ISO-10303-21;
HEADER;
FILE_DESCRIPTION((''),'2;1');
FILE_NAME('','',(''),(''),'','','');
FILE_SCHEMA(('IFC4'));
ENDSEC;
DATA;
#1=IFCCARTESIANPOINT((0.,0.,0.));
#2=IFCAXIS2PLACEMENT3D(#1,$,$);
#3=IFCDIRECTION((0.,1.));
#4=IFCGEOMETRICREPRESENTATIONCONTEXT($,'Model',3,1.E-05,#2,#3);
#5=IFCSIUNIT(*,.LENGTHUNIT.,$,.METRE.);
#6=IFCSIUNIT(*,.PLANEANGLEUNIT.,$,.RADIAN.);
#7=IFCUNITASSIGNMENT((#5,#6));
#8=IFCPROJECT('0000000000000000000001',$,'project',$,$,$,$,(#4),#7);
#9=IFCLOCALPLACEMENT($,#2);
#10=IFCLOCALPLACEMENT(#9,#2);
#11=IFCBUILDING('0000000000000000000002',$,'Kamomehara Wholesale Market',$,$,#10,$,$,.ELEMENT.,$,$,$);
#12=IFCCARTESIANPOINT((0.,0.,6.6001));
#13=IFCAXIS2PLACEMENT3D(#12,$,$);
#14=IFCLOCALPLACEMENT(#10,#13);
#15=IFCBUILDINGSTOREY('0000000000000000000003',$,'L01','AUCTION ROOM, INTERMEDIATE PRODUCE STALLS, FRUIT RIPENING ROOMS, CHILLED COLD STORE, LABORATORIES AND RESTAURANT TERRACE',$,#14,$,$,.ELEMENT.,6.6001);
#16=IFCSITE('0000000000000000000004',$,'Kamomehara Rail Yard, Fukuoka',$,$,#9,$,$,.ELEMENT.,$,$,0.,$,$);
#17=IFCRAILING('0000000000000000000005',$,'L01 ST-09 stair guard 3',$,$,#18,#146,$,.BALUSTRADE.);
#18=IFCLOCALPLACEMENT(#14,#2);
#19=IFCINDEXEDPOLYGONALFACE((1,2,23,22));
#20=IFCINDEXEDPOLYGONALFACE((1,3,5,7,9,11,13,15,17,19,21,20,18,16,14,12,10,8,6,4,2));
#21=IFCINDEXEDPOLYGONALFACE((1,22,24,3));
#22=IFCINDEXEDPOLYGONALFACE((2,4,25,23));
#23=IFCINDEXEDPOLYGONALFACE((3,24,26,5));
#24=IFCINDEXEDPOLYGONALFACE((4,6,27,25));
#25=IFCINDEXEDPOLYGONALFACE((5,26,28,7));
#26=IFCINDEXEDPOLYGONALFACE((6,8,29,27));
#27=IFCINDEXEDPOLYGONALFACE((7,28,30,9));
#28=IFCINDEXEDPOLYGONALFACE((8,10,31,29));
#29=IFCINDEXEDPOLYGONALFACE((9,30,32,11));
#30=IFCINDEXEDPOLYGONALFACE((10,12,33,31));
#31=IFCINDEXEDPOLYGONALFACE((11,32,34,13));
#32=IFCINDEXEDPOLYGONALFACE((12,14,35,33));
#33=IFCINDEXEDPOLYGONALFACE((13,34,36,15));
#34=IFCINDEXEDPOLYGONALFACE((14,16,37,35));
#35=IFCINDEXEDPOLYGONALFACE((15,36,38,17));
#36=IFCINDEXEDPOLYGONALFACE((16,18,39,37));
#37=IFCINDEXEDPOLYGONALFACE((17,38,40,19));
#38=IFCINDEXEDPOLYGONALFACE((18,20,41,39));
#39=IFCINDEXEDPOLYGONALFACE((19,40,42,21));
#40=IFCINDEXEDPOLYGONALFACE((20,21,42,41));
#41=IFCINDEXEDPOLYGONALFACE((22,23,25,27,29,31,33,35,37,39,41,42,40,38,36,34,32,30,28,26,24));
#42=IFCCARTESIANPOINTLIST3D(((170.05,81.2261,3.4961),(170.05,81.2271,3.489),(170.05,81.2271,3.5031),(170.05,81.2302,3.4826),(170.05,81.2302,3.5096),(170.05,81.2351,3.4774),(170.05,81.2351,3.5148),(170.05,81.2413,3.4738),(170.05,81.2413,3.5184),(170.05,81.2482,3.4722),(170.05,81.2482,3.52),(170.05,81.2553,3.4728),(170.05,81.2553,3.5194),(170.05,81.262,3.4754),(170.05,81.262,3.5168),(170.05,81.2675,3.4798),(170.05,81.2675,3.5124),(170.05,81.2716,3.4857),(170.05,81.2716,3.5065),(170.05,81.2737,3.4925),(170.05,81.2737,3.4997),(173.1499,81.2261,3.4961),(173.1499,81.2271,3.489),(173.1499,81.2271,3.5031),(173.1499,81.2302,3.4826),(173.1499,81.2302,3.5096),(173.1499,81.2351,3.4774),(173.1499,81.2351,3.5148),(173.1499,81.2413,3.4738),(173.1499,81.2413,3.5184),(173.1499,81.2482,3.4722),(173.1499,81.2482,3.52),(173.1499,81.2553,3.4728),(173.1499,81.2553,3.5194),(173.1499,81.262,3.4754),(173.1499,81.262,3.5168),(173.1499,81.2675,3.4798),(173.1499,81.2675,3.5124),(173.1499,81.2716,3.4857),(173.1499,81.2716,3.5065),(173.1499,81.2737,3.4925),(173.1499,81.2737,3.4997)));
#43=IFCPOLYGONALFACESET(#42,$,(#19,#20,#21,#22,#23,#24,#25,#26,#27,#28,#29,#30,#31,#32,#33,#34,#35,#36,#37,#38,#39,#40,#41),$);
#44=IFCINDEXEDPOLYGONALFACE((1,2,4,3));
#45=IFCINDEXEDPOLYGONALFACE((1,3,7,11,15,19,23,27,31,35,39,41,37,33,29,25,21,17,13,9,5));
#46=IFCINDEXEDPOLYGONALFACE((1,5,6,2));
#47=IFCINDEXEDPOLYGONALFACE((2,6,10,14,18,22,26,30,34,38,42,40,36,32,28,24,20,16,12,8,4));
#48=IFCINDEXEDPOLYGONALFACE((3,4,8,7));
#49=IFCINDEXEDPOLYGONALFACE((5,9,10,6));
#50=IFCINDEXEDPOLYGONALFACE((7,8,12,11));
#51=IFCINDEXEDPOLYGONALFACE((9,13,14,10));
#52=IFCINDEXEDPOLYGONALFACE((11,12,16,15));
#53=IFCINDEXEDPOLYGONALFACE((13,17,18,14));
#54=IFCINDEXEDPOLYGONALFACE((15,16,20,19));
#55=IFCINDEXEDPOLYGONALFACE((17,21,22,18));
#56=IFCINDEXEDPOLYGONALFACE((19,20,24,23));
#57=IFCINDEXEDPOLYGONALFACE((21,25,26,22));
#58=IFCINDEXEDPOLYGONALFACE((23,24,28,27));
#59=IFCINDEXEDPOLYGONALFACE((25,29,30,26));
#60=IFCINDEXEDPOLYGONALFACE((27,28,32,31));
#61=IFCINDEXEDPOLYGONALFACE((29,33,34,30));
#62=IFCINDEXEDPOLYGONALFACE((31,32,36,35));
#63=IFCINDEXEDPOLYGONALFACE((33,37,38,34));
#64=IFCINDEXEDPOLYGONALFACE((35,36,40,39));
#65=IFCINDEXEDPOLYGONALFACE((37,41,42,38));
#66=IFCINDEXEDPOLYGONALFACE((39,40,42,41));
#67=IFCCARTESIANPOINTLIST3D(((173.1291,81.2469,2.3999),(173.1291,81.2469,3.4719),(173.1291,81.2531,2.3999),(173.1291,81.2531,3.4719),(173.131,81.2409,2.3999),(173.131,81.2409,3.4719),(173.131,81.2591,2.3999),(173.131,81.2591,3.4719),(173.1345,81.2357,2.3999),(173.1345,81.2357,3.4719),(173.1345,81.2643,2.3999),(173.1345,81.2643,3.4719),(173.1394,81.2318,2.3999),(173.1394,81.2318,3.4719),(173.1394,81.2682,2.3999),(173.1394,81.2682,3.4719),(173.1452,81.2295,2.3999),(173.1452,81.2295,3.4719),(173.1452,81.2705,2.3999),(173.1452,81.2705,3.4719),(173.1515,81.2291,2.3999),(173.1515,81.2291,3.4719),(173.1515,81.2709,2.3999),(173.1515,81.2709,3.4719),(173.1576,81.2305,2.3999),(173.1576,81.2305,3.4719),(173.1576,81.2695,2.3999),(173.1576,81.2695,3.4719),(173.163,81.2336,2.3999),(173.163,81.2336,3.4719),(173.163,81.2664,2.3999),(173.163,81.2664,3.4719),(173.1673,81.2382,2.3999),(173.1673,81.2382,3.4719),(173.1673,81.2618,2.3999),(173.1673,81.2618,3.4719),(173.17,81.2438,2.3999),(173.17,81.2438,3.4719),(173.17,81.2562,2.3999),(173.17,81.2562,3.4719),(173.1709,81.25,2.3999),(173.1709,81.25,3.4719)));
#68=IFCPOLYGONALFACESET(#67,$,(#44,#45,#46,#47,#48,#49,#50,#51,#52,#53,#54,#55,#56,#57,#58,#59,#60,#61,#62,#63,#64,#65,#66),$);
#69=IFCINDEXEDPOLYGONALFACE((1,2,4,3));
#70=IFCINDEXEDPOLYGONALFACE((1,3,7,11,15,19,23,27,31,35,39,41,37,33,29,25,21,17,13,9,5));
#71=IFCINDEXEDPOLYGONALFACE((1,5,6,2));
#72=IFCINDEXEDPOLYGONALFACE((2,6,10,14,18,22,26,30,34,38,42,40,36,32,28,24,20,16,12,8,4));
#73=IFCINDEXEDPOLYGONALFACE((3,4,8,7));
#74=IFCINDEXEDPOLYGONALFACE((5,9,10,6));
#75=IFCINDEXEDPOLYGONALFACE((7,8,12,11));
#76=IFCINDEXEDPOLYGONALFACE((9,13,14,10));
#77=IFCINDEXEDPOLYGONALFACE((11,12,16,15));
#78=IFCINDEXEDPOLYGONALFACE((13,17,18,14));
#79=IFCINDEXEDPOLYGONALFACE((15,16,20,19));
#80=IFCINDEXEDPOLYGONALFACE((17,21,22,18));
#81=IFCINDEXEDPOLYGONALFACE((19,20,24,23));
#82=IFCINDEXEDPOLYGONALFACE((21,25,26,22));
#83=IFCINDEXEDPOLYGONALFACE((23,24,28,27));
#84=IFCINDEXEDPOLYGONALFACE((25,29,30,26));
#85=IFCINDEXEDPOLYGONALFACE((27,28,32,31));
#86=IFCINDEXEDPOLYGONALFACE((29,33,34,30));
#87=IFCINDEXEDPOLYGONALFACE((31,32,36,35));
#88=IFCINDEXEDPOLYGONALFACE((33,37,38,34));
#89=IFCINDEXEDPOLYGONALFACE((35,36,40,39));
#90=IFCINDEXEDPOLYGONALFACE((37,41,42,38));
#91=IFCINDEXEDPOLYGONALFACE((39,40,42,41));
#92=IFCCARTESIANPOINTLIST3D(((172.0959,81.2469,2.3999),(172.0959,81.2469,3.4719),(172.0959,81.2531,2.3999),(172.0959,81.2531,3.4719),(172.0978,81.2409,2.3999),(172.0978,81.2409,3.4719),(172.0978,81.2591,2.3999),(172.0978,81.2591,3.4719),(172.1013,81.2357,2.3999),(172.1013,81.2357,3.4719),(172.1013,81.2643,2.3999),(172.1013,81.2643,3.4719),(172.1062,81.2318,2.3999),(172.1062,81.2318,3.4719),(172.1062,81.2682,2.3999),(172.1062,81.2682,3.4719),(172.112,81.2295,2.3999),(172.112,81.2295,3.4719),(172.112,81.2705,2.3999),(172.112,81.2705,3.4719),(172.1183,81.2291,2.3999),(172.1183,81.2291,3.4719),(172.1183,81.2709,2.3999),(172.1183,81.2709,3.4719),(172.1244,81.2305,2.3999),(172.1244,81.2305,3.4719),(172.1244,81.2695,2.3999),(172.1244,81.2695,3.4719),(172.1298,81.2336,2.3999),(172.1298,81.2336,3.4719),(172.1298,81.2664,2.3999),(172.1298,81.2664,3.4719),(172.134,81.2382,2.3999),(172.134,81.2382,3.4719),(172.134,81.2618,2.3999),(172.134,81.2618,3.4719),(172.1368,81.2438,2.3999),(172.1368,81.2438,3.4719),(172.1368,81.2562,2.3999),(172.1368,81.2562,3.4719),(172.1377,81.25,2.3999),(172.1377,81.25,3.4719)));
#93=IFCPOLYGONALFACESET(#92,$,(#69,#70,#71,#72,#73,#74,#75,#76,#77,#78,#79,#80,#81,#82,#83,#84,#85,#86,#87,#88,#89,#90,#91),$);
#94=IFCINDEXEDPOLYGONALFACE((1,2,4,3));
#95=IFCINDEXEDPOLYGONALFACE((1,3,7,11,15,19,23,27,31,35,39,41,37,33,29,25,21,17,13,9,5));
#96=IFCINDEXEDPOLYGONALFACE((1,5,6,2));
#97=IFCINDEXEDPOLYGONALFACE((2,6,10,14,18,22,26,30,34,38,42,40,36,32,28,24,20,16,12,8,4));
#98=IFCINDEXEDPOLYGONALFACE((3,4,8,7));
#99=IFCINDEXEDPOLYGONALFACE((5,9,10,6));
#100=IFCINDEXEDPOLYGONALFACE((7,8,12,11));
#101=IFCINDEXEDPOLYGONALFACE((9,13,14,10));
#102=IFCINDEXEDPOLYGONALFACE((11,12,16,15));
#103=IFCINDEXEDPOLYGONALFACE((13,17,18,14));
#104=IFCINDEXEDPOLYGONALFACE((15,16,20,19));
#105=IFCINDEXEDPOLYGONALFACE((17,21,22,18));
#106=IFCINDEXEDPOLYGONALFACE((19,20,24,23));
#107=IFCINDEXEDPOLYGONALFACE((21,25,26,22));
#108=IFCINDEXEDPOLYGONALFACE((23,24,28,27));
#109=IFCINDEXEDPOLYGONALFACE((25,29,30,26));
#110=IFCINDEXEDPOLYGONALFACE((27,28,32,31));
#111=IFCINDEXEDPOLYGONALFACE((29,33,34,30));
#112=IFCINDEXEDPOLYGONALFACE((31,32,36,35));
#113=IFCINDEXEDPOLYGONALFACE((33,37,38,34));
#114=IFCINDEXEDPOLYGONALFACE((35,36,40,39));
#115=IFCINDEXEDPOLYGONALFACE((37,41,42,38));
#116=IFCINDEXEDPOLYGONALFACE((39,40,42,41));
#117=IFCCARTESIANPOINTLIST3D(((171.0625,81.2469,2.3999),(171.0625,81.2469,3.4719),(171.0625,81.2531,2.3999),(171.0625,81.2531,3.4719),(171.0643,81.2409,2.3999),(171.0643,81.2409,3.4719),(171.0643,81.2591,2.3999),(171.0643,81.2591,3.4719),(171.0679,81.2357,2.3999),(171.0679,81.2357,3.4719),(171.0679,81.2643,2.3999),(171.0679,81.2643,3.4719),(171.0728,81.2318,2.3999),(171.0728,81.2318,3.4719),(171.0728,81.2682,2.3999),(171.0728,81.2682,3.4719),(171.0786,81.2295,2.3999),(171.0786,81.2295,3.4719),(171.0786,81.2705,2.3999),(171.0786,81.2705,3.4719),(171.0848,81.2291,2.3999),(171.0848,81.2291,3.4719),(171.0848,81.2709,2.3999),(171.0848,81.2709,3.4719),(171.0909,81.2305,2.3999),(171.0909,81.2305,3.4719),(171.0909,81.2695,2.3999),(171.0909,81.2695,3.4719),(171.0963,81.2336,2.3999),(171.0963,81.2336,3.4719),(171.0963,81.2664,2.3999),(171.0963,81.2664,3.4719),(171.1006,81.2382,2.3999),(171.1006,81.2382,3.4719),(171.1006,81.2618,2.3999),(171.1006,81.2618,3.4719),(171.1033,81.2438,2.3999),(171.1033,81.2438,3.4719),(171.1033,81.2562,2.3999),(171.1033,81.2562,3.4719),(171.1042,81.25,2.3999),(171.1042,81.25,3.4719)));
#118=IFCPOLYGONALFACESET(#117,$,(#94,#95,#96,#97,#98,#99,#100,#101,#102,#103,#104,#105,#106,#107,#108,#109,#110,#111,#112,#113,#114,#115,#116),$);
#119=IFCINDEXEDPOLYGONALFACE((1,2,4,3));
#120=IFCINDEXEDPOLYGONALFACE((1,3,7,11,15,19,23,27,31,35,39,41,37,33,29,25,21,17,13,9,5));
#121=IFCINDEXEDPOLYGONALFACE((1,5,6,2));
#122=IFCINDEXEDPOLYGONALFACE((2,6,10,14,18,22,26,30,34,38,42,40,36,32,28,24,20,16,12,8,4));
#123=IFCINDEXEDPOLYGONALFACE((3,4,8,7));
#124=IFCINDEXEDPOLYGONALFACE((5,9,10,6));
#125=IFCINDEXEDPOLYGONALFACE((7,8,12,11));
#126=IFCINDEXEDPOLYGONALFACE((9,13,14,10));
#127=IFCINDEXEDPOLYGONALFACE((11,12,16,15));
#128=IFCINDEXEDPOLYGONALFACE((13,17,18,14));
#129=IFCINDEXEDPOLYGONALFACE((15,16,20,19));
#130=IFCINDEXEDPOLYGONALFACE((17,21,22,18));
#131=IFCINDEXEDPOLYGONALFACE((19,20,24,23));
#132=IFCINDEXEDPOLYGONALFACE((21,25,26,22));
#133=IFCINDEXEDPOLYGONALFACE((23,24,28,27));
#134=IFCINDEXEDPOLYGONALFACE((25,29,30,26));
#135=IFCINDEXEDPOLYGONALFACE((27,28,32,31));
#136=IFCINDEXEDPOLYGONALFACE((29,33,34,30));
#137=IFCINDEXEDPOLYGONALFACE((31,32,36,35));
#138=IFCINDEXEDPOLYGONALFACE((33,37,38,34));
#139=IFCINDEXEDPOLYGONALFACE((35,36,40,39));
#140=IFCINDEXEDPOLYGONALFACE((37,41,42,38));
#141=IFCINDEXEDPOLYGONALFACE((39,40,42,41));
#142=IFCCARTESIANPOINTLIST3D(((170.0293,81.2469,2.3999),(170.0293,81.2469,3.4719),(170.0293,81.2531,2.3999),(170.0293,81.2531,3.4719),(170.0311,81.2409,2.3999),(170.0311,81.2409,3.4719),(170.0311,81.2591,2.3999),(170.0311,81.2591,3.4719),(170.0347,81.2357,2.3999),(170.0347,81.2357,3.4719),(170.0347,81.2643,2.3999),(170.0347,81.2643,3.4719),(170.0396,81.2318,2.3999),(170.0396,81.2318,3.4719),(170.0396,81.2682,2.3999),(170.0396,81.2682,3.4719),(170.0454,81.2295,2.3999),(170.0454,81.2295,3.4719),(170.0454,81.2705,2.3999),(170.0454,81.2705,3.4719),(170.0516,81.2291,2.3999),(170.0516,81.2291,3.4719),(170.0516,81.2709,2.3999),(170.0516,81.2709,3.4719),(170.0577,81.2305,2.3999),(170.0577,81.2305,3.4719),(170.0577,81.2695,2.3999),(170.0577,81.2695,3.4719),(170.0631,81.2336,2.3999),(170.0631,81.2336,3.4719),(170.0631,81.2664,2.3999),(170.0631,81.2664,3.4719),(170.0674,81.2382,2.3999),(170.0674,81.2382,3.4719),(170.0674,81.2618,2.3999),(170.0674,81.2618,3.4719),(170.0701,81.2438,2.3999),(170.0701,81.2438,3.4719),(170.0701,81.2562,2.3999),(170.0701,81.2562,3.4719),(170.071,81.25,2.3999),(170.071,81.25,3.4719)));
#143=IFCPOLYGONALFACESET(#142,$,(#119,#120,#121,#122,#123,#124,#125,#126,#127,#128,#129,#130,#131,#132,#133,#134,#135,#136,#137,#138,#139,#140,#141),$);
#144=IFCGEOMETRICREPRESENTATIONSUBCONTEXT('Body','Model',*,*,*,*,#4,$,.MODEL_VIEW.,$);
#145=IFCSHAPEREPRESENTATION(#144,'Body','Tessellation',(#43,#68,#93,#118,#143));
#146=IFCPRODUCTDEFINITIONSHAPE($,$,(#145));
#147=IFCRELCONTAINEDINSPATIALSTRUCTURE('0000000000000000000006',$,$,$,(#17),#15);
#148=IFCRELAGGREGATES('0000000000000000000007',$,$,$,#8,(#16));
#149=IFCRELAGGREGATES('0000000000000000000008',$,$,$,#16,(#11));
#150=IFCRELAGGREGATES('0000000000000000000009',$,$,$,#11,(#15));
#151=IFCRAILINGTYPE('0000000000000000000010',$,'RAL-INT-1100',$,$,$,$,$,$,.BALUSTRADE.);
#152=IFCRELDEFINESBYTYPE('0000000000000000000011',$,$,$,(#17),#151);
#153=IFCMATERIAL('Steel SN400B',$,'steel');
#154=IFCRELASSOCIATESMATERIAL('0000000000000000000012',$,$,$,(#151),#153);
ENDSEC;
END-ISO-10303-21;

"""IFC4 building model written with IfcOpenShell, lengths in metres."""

from ifc_helpers import new_model, si_unit, direction, frame, origin, origin_2d, place, context, subcontext, project, spatial, circle, extrude, material, type_object, element, save


model = new_model("IFC4")

# Units and contexts
model_context = context("Model", 3, precision=1e-05, world=origin(), true_north=direction((0.0, 1.0)))
body_context = subcontext(model_context, "Body", "Model", "MODEL_VIEW")
ifc_project = project(units=[si_unit("LENGTHUNIT", "METRE"), si_unit("PLANEANGLEUNIT", "RADIAN")], contexts=[model_context])

# Site, building, storey
site_placement = place(None, origin())
site = spatial("IfcSite", under=ifc_project, at=site_placement, Name="Kamomehara Rail Yard, Fukuoka", CompositionType="ELEMENT", RefElevation=0.0)
building_placement = place(site_placement, origin())
building = spatial("IfcBuilding", under=site, at=building_placement, Name="Kamomehara Wholesale Market", CompositionType="ELEMENT")
storey_placement = place(building_placement, frame((0.0, 0.0, 6.6001)))
storey = spatial("IfcBuildingStorey", under=building, at=storey_placement, Name="L01", Description="AUCTION ROOM, INTERMEDIATE PRODUCE STALLS, FRUIT RIPENING ROOMS, CHILLED COLD STORE, LABORATORIES AND RESTAURANT TERRACE", CompositionType="ELEMENT", Elevation=6.6001)

# Railing
ifc_material_1 = material(Name="Steel SN400B", Category="steel")
railing_type_1 = type_object("IfcRailingType", Name="RAL-INT-1100", PredefinedType="BALUSTRADE", material=ifc_material_1)
for number, where, name in (
    (1, (173.1499, 81.25, 2.3999), "L01 ST-09 stair guard 3"),
):
    element("IfcRailing", number, at=place(storey_placement, frame(where)), inside=storey, type_object=railing_type_1, Name=name, PredefinedType="BALUSTRADE", context=body_context, shape_type="SweptSolid", body=[
        extrude(circle(Radius=0.0239, at=origin_2d()), frame((0.0, 0.0, 1.0962), z_axis=(-1.0, 0.0, 0.0), x_axis=(0.0, -1.0, 0.0)), (0.0, 0.0, 1.0), 3.0999),
        extrude(circle(Radius=0.021, at=origin_2d()), origin(), (0.0, 0.0, 1.0), 1.072),
        extrude(circle(Radius=0.021, at=origin_2d()), frame((-1.0332, 0.0, 0.0)), (0.0, 0.0, 1.0), 1.072),
        extrude(circle(Radius=0.021, at=origin_2d()), frame((-2.0667, 0.0, 0.0)), (0.0, 0.0, 1.0), 1.072),
        extrude(circle(Radius=0.021, at=origin_2d()), frame((-3.0999, 0.0, 0.0)), (0.0, 0.0, 1.0), 1.072),
    ])

save(model, "model.ifc")
